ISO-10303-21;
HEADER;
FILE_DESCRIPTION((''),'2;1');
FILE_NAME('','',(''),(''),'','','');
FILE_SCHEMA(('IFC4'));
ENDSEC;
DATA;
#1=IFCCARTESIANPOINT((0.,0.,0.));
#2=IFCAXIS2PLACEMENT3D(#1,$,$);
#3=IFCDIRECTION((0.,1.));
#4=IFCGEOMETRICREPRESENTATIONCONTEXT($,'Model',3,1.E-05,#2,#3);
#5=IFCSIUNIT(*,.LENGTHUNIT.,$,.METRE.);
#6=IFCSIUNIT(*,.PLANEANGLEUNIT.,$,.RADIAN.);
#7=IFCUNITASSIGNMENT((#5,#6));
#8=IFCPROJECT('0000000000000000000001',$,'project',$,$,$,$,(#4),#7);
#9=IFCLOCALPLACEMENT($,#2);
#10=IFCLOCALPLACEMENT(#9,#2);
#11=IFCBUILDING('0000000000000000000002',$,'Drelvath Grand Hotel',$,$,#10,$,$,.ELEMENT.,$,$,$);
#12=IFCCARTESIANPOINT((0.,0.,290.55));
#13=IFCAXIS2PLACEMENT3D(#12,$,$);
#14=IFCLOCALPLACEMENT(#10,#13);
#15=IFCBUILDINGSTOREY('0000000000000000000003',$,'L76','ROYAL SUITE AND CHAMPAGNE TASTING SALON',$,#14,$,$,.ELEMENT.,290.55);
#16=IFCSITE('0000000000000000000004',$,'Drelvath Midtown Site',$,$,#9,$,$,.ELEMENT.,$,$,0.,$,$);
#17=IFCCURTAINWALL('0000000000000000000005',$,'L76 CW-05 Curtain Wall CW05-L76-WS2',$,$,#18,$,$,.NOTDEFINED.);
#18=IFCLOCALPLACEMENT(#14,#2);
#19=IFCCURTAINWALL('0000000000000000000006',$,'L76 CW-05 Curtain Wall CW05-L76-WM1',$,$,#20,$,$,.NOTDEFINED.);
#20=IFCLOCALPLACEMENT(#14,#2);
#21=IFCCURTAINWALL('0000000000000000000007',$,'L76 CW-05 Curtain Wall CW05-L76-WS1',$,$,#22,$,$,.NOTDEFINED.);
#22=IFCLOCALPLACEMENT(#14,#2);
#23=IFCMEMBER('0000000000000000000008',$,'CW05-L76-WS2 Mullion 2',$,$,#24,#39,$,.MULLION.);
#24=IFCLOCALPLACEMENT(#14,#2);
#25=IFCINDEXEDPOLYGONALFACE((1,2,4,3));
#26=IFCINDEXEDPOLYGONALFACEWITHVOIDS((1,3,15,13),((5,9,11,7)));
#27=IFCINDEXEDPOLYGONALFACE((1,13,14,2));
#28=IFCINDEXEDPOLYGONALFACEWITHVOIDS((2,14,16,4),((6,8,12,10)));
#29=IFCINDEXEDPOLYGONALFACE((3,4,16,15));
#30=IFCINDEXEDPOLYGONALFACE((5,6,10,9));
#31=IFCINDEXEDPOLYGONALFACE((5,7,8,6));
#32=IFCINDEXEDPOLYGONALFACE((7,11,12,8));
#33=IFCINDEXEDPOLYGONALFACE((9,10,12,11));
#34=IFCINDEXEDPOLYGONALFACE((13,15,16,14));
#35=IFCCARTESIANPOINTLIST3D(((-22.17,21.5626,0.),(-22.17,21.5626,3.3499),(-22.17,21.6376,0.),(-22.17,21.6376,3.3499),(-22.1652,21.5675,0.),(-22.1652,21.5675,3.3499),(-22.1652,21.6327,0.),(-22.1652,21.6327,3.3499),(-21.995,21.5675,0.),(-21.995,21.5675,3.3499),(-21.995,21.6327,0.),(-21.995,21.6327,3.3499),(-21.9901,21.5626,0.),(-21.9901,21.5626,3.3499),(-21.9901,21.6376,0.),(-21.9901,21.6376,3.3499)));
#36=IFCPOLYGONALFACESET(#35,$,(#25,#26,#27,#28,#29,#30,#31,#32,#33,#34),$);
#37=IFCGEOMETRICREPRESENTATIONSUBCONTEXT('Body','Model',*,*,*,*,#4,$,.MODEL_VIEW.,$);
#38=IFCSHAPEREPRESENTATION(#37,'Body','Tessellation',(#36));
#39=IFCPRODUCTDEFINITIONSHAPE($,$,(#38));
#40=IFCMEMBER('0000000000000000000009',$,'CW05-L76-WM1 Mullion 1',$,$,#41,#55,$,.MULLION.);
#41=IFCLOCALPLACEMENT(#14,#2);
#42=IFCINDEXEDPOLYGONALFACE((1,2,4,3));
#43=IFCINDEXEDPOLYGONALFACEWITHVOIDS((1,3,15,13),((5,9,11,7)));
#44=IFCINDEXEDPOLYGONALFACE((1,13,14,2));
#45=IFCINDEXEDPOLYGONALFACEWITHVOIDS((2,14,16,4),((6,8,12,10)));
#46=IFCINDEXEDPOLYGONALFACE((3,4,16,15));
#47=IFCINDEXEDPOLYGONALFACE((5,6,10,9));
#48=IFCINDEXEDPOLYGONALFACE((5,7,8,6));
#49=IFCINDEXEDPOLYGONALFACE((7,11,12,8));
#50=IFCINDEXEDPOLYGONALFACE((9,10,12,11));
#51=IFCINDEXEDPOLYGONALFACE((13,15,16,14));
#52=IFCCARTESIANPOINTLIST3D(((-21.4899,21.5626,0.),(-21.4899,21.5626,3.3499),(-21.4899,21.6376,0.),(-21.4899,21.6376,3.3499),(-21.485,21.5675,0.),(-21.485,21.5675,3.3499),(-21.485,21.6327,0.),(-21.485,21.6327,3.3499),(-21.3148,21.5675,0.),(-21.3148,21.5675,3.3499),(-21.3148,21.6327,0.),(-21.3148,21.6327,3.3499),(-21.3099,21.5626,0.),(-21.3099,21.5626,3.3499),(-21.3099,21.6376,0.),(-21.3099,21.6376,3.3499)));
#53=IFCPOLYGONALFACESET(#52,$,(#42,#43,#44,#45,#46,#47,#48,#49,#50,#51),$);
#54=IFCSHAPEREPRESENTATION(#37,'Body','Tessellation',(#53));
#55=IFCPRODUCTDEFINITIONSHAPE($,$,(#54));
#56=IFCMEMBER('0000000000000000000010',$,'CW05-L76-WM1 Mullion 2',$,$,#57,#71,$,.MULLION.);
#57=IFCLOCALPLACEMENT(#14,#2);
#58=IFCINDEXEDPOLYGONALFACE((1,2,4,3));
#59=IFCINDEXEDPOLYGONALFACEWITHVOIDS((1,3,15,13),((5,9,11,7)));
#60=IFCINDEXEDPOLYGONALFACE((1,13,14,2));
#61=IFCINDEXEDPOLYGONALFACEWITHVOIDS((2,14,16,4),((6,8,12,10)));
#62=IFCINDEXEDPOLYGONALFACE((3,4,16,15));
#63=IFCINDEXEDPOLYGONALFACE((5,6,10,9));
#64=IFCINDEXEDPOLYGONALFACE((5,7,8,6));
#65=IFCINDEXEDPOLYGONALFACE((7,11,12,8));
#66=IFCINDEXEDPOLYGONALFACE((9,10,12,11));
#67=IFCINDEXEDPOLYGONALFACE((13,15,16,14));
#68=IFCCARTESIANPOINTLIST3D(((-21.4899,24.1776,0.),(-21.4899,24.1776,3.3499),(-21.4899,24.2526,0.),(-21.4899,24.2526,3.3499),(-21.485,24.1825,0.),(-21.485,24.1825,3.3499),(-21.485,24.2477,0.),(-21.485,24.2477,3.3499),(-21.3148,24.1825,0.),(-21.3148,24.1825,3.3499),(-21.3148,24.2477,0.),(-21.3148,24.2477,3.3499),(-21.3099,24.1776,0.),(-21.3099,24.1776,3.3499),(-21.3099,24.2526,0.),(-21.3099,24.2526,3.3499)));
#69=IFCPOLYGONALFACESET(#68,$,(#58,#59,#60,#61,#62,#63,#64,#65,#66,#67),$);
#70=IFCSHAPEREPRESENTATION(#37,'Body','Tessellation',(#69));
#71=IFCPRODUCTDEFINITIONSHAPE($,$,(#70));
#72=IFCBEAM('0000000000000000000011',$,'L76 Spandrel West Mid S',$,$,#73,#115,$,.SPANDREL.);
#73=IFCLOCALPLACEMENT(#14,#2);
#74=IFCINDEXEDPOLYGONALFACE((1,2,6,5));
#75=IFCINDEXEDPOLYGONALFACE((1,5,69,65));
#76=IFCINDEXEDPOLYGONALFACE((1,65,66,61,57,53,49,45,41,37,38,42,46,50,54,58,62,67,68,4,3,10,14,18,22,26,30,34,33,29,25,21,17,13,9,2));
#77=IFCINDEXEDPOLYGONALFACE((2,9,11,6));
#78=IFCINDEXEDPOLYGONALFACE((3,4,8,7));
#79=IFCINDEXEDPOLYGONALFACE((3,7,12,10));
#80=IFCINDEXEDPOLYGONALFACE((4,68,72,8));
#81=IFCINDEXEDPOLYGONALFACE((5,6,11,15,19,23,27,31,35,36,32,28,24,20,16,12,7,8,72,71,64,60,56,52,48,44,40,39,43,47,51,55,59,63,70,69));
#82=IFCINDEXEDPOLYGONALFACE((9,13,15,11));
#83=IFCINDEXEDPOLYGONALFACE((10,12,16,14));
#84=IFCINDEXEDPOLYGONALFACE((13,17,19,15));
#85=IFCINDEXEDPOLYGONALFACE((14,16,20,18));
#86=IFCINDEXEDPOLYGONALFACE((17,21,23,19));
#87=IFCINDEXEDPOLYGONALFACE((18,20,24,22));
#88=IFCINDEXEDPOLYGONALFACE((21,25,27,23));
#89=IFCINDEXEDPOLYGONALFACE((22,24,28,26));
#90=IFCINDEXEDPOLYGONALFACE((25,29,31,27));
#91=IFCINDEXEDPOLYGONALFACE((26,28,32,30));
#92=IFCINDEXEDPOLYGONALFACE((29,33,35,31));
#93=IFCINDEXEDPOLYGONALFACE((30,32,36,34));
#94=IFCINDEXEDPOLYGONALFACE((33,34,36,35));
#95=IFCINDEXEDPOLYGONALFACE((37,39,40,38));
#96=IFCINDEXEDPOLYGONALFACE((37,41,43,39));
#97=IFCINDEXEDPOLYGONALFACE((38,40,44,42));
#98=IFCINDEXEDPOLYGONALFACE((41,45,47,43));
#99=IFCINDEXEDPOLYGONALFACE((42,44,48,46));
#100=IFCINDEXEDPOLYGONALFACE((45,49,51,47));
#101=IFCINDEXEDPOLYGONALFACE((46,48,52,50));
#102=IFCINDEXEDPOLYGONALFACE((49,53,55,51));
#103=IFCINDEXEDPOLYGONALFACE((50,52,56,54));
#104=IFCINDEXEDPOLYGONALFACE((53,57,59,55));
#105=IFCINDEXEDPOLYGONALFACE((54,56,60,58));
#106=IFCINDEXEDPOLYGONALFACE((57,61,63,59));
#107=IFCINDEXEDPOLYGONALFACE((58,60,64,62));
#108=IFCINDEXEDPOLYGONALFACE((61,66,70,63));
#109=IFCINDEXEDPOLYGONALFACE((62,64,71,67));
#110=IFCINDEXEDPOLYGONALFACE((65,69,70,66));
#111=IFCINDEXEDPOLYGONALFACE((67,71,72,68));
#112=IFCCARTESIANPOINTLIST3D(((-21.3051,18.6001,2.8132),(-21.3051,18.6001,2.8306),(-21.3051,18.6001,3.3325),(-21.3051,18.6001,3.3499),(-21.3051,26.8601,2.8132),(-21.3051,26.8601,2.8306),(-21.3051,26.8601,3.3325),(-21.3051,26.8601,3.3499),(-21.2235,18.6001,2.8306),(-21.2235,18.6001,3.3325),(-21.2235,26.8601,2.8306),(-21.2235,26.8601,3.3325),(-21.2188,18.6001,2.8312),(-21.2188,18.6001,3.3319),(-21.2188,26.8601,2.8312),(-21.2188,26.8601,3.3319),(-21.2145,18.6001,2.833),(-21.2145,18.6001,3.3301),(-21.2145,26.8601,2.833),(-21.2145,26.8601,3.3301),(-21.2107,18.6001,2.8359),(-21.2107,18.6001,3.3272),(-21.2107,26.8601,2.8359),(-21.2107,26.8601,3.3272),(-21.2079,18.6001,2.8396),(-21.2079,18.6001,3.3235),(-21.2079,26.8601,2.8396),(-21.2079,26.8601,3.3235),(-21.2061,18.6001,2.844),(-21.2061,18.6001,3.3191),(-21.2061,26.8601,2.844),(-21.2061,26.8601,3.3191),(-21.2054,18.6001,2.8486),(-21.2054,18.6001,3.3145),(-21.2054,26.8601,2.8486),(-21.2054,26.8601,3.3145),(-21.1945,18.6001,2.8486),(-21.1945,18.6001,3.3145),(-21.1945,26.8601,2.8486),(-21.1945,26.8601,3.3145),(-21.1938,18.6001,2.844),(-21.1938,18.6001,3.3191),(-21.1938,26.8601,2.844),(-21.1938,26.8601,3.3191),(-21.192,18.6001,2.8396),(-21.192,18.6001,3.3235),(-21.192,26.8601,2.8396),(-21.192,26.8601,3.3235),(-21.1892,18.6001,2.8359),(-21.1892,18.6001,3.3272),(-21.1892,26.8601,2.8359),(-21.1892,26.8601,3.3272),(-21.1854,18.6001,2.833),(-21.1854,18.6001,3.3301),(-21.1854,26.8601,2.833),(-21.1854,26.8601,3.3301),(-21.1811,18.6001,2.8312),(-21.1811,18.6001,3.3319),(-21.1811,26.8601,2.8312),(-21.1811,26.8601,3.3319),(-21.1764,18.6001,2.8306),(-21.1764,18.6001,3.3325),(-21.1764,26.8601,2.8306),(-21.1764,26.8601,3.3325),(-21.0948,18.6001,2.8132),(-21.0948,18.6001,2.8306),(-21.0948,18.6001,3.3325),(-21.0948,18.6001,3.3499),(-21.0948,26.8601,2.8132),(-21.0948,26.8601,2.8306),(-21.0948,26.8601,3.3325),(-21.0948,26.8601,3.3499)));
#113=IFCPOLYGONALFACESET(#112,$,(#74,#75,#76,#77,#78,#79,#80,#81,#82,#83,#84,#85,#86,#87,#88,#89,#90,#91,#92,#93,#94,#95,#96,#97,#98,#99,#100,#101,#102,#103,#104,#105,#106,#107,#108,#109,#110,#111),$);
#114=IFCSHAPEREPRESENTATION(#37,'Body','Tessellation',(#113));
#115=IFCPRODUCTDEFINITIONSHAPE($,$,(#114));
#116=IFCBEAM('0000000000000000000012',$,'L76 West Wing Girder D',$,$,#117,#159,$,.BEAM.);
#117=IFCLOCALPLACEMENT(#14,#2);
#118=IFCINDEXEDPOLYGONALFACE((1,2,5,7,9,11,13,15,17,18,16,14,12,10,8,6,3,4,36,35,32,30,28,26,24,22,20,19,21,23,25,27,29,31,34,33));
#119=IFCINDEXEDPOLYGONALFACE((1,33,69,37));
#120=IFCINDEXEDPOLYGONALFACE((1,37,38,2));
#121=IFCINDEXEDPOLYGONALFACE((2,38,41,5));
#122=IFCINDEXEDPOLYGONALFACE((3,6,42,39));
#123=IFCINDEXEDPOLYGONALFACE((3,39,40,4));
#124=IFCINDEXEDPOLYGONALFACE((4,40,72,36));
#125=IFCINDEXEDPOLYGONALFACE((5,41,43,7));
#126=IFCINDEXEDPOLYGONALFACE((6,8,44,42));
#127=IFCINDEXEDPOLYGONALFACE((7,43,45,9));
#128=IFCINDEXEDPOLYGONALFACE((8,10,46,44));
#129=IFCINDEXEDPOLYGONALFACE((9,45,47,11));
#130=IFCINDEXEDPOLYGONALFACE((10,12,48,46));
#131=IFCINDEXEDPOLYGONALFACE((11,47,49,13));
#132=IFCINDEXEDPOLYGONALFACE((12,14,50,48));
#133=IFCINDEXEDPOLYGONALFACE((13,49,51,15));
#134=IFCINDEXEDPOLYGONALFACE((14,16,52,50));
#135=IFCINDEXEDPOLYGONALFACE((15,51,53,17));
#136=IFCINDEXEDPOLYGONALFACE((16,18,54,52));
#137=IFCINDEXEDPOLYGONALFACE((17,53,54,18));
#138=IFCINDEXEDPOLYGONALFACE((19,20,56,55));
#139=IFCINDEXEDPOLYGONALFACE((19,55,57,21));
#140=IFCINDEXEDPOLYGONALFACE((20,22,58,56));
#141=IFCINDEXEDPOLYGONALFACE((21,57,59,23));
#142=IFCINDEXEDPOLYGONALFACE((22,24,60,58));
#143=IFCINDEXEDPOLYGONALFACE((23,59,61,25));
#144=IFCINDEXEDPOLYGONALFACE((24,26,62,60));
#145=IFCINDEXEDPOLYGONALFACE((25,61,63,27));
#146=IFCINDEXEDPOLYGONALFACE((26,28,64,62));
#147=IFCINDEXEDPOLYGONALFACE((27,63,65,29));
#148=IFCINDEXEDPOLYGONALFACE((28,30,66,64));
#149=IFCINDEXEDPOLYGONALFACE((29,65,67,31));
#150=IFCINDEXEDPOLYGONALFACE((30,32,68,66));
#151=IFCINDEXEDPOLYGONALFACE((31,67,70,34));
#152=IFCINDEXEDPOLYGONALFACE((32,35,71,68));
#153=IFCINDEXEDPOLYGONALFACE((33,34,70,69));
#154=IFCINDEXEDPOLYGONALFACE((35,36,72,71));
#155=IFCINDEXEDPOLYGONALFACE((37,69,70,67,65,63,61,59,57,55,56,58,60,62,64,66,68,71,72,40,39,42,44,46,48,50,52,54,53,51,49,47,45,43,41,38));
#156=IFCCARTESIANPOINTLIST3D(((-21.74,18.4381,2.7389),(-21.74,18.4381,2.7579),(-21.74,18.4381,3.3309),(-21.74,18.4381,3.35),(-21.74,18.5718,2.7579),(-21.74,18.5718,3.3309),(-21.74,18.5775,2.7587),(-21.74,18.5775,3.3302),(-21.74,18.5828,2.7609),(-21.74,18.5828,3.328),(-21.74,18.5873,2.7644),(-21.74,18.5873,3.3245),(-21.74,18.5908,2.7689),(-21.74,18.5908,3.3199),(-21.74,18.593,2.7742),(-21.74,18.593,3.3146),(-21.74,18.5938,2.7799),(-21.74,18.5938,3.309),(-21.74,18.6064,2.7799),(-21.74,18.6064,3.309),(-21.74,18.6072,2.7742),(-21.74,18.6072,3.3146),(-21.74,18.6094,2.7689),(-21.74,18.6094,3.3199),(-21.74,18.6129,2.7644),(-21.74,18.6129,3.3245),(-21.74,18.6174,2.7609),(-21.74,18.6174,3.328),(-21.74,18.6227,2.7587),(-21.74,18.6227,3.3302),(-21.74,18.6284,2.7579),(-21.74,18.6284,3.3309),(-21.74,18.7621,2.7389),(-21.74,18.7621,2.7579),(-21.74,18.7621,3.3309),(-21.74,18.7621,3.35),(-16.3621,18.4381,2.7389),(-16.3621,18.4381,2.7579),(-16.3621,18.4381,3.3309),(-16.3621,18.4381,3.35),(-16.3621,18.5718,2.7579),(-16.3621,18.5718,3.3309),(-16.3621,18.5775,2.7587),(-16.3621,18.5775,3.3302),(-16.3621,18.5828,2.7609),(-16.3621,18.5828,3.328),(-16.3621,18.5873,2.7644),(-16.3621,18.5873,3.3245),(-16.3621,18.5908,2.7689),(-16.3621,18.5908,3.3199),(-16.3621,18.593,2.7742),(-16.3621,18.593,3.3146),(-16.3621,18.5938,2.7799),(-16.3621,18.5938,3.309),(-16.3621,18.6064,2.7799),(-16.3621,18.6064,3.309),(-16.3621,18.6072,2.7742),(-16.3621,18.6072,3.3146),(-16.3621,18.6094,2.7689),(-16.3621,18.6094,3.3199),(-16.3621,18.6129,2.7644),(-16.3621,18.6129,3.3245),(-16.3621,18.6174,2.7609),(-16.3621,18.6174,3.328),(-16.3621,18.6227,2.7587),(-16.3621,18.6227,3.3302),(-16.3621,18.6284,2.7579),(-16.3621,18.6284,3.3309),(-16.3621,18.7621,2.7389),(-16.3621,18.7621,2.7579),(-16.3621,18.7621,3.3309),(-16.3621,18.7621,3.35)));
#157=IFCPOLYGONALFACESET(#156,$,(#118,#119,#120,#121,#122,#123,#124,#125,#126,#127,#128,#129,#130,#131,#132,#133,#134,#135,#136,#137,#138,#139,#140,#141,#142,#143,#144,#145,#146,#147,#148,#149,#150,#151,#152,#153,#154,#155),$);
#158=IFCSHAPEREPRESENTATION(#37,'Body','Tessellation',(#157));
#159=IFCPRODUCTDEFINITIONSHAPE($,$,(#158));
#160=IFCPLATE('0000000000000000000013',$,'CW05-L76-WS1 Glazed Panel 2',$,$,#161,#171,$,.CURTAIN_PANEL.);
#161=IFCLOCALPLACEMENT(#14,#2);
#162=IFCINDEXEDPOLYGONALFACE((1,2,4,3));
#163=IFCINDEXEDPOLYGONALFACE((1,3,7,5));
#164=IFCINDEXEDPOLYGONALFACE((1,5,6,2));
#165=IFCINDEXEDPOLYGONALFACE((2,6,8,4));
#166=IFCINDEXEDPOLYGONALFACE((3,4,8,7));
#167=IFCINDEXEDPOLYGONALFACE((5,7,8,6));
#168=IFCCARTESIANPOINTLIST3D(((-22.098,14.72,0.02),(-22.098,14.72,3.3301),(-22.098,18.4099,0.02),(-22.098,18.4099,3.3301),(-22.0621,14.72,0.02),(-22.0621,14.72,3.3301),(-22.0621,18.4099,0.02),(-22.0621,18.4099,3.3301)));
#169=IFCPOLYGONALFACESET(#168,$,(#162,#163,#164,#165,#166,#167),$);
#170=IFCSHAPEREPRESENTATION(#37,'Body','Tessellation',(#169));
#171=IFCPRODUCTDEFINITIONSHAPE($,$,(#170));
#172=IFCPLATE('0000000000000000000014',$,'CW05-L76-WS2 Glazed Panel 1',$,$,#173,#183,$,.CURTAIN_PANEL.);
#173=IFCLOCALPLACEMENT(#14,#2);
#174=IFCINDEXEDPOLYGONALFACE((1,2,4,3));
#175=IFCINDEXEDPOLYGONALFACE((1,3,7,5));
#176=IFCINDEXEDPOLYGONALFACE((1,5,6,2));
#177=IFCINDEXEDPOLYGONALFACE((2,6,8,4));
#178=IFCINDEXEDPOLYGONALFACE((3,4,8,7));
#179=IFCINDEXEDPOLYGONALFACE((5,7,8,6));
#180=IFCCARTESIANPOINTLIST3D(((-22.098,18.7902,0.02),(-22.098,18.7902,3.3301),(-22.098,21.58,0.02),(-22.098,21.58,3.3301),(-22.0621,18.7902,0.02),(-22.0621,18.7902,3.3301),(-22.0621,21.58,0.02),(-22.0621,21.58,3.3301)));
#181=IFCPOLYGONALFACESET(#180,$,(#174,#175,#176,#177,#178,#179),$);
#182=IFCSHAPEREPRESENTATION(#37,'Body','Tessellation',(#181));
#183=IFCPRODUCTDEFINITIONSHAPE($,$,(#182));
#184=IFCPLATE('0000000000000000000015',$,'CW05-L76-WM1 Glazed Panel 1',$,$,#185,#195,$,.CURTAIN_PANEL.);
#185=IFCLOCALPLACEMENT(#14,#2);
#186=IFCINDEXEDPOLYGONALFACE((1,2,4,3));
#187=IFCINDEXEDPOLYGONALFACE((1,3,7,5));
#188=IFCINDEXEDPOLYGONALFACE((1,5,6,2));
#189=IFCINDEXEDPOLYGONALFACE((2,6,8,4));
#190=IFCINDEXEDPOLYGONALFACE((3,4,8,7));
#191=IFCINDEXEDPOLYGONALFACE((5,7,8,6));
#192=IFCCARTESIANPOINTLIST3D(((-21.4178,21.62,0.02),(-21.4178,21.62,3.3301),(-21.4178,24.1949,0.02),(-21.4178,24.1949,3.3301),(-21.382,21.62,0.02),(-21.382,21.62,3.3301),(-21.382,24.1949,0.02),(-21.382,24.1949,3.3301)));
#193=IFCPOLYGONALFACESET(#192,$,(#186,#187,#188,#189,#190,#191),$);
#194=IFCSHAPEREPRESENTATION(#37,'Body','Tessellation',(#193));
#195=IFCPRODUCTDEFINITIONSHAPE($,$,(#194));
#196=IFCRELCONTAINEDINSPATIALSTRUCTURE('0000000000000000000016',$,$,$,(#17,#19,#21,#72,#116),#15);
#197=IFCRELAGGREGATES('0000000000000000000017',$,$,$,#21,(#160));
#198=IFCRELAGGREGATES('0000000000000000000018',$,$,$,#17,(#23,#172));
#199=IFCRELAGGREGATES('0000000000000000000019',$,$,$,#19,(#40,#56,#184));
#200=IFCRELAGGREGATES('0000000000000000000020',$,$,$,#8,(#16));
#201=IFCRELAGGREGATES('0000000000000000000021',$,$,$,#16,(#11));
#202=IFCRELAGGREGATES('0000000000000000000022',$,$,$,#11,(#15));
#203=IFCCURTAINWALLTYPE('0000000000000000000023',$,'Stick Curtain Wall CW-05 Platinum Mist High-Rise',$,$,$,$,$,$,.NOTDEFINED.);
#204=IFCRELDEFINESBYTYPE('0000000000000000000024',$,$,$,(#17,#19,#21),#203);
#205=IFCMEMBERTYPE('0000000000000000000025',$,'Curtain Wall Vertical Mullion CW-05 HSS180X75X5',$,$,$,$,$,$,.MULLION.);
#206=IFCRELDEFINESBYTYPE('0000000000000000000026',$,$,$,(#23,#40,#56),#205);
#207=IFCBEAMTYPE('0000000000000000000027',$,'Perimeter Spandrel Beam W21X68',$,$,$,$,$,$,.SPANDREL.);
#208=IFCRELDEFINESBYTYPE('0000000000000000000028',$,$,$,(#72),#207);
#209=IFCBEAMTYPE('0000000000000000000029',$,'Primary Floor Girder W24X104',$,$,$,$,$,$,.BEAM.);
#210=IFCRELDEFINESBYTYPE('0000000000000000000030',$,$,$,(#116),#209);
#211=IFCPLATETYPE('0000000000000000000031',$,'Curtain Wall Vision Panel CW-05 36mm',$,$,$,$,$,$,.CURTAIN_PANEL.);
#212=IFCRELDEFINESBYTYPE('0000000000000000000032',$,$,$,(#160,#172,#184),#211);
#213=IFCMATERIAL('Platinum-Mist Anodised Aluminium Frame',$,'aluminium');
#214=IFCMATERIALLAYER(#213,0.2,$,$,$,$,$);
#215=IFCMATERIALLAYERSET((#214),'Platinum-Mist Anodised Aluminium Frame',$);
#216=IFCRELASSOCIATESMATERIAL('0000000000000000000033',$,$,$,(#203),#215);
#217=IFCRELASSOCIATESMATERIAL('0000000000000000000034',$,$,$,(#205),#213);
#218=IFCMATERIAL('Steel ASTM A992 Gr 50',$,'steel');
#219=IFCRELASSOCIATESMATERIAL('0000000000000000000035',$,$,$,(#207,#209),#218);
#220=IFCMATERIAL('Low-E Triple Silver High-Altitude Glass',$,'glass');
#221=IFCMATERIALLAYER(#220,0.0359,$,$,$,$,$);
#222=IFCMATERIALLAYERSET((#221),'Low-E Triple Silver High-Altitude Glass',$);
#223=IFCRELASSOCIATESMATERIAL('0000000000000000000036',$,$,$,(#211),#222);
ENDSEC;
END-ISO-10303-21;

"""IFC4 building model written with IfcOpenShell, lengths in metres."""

from ifc_helpers import new_model, si_unit, direction, frame, origin, origin_2d, place, context, subcontext, project, spatial, rectangle, hollow_rectangle, i_section, extrude, material, layer, layer_set, material_profile, profile_set, type_object, element, aggregate, save


model = new_model("IFC4")

# Units and contexts
model_context = context("Model", 3, precision=1e-05, world=origin(), true_north=direction((0.0, 1.0)))
body_context = subcontext(model_context, "Body", "Model", "MODEL_VIEW")
ifc_project = project(units=[si_unit("LENGTHUNIT", "METRE"), si_unit("PLANEANGLEUNIT", "RADIAN")], contexts=[model_context])

# Site, building, storey
site_placement = place(None, origin())
site = spatial("IfcSite", under=ifc_project, at=site_placement, Name="Drelvath Midtown Site", CompositionType="ELEMENT", RefElevation=0.0)
building_placement = place(site_placement, origin())
building = spatial("IfcBuilding", under=site, at=building_placement, Name="Drelvath Grand Hotel", CompositionType="ELEMENT")
storey_placement = place(building_placement, frame((0.0, 0.0, 290.55)))
storey = spatial("IfcBuildingStorey", under=building, at=storey_placement, Name="L76", Description="ROYAL SUITE AND CHAMPAGNE TASTING SALON", CompositionType="ELEMENT", Elevation=290.55)

# Shared definitions
ifc_material_1 = material(Name="Steel ASTM A992 Gr 50", Category="steel")

# Curtain walls
ifc_material_2 = material(Name="Platinum-Mist Anodised Aluminium Frame", Category="aluminium")
ifc_layer_1 = layer(ifc_material_2, 0.2)
ifc_layer_set_1 = layer_set([ifc_layer_1], Name="Platinum-Mist Anodised Aluminium Frame")
curtain_wall_type = type_object("IfcCurtainWallType", Name="Stick Curtain Wall CW-05 Platinum Mist High-Rise", PredefinedType="NOTDEFINED", material=ifc_layer_set_1)
curtain_wall_1_placement = place(storey_placement, origin())
curtain_wall_1 = element("IfcCurtainWall", 1, at=curtain_wall_1_placement, inside=storey, type_object=curtain_wall_type, Name="L76 CW-05 Curtain Wall CW05-L76-WS2", PredefinedType="NOTDEFINED")
curtain_wall_2_placement = place(storey_placement, origin())
curtain_wall_2 = element("IfcCurtainWall", 2, at=curtain_wall_2_placement, inside=storey, type_object=curtain_wall_type, Name="L76 CW-05 Curtain Wall CW05-L76-WM1", PredefinedType="NOTDEFINED")

# Curtain wall
curtain_wall_3_placement = place(storey_placement, origin())
curtain_wall_3 = element("IfcCurtainWall", 3, at=curtain_wall_3_placement, inside=storey, type_object=curtain_wall_type, Name="L76 CW-05 Curtain Wall CW05-L76-WS1", PredefinedType="NOTDEFINED")
ifc_material_profile_1 = material_profile(ifc_material_2, hollow_rectangle(XDim=0.075, YDim=0.1799, WallThickness=0.0049, at=origin_2d()), Name="HSS180X75X5")
ifc_profile_set_1 = profile_set([ifc_material_profile_1], Name="Platinum-Mist Anodised Aluminium Frame")
member_type_1 = type_object("IfcMemberType", Name="Curtain Wall Vertical Mullion CW-05 HSS180X75X5", PredefinedType="MULLION", material=ifc_profile_set_1)

# Members
member_1_placement = place(storey_placement, frame((-22.0801, 21.6001, 0.0), z_axis=(0.0, 0.0, 1.0), x_axis=(0.0, 1.0, 0.0)))
member_1 = element("IfcMember", 4, at=member_1_placement, type_object=member_type_1, Name="CW05-L76-WS2 Mullion 2", PredefinedType="MULLION", context=body_context, shape_type="SweptSolid", body=[
    extrude(hollow_rectangle(XDim=0.075, YDim=0.1799, WallThickness=0.0049, at=origin_2d()), origin(), (0.0, 0.0, 1.0), 3.3499),
])
member_2_placement = place(storey_placement, frame((-21.3999, 21.6001, 0.0), z_axis=(0.0, 0.0, 1.0), x_axis=(0.0, 1.0, 0.0)))
member_2 = element("IfcMember", 5, at=member_2_placement, type_object=member_type_1, Name="CW05-L76-WM1 Mullion 1", PredefinedType="MULLION", context=body_context, shape_type="SweptSolid", body=[
    extrude(hollow_rectangle(XDim=0.075, YDim=0.1799, WallThickness=0.0049, at=origin_2d()), origin(), (0.0, 0.0, 1.0), 3.3499),
])
member_3_placement = place(storey_placement, frame((-21.3999, 24.2151, 0.0), z_axis=(0.0, 0.0, 1.0), x_axis=(0.0, 1.0, 0.0)))
member_3 = element("IfcMember", 6, at=member_3_placement, type_object=member_type_1, Name="CW05-L76-WM1 Mullion 2", PredefinedType="MULLION", context=body_context, shape_type="SweptSolid", body=[
    extrude(hollow_rectangle(XDim=0.075, YDim=0.1799, WallThickness=0.0049, at=origin_2d()), origin(), (0.0, 0.0, 1.0), 3.3499),
])

# Beams
ifc_material_profile_2 = material_profile(ifc_material_1, i_section(OverallWidth=0.2102, OverallDepth=0.5366, WebThickness=0.011, FlangeThickness=0.0173, FilletRadius=0.0181, at=origin_2d()), Name="W21X68")
ifc_profile_set_2 = profile_set([ifc_material_profile_2], Name="Steel ASTM A992 Gr 50")
beam_type_1 = type_object("IfcBeamType", Name="Perimeter Spandrel Beam W21X68", PredefinedType="SPANDREL", material=ifc_profile_set_2)
beam_1_placement = place(storey_placement, frame((-21.2, 18.6001, 3.0815), z_axis=(0.0, 1.0, 0.0), x_axis=(-1.0, 0.0, 0.0)))
element("IfcBeam", 7, at=beam_1_placement, inside=storey, type_object=beam_type_1, Name="L76 Spandrel West Mid S", PredefinedType="SPANDREL", context=body_context, shape_type="SweptSolid", body=[
    extrude(i_section(OverallWidth=0.2102, OverallDepth=0.5366, WebThickness=0.011, FlangeThickness=0.0173, FilletRadius=0.0181, at=origin_2d()), origin(), (0.0, 0.0, 1.0), 8.26),
])
ifc_material_profile_3 = material_profile(ifc_material_1, i_section(OverallWidth=0.324, OverallDepth=0.6111, WebThickness=0.0127, FlangeThickness=0.019, FilletRadius=0.022, at=origin_2d()), Name="W24X104")
ifc_profile_set_3 = profile_set([ifc_material_profile_3], Name="Steel ASTM A992 Gr 50")
beam_type_2 = type_object("IfcBeamType", Name="Primary Floor Girder W24X104", PredefinedType="BEAM", material=ifc_profile_set_3)
beam_2_placement = place(storey_placement, frame((-21.74, 18.6001, 3.0444), z_axis=(1.0, 0.0, 0.0), x_axis=(0.0, 1.0, 0.0)))
element("IfcBeam", 8, at=beam_2_placement, inside=storey, type_object=beam_type_2, Name="L76 West Wing Girder D", PredefinedType="BEAM", context=body_context, shape_type="SweptSolid", body=[
    extrude(i_section(OverallWidth=0.324, OverallDepth=0.6111, WebThickness=0.0127, FlangeThickness=0.019, FilletRadius=0.022, at=origin_2d()), origin(), (0.0, 0.0, 1.0), 5.3779),
])

# Plates
ifc_material_3 = material(Name="Low-E Triple Silver High-Altitude Glass", Category="glass")
ifc_layer_2 = layer(ifc_material_3, 0.0359)
ifc_layer_set_2 = layer_set([ifc_layer_2], Name="Low-E Triple Silver High-Altitude Glass")
plate_type = type_object("IfcPlateType", Name="Curtain Wall Vision Panel CW-05 36mm", PredefinedType="CURTAIN_PANEL", material=ifc_layer_set_2)
plate_1_placement = place(storey_placement, frame((-22.0801, 16.5649, 0.02), z_axis=(0.0, 0.0, 1.0), x_axis=(0.0, 1.0, 0.0)))
plate_1 = element("IfcPlate", 9, at=plate_1_placement, type_object=plate_type, Name="CW05-L76-WS1 Glazed Panel 2", PredefinedType="CURTAIN_PANEL", context=body_context, shape_type="SweptSolid", body=[
    extrude(rectangle(XDim=3.6899, YDim=0.0359, at=origin_2d()), origin(), (0.0, 0.0, 1.0), 3.3101),
])
aggregate(curtain_wall_3, [plate_1])
plate_2_placement = place(storey_placement, frame((-22.0801, 20.1851, 0.02), z_axis=(0.0, 0.0, 1.0), x_axis=(0.0, 1.0, 0.0)))
plate_2 = element("IfcPlate", 10, at=plate_2_placement, type_object=plate_type, Name="CW05-L76-WS2 Glazed Panel 1", PredefinedType="CURTAIN_PANEL", context=body_context, shape_type="SweptSolid", body=[
    extrude(rectangle(XDim=2.7898, YDim=0.0359, at=origin_2d()), origin(), (0.0, 0.0, 1.0), 3.3101),
])
aggregate(curtain_wall_1, [member_1, plate_2])
plate_3_placement = place(storey_placement, frame((-21.3999, 22.9075, 0.02), z_axis=(0.0, 0.0, 1.0), x_axis=(0.0, 1.0, 0.0)))
plate_3 = element("IfcPlate", 11, at=plate_3_placement, type_object=plate_type, Name="CW05-L76-WM1 Glazed Panel 1", PredefinedType="CURTAIN_PANEL", context=body_context, shape_type="SweptSolid", body=[
    extrude(rectangle(XDim=2.575, YDim=0.0359, at=origin_2d()), origin(), (0.0, 0.0, 1.0), 3.3101),
])
aggregate(curtain_wall_2, [member_2, member_3, plate_3])

save(model, "model.ifc")
